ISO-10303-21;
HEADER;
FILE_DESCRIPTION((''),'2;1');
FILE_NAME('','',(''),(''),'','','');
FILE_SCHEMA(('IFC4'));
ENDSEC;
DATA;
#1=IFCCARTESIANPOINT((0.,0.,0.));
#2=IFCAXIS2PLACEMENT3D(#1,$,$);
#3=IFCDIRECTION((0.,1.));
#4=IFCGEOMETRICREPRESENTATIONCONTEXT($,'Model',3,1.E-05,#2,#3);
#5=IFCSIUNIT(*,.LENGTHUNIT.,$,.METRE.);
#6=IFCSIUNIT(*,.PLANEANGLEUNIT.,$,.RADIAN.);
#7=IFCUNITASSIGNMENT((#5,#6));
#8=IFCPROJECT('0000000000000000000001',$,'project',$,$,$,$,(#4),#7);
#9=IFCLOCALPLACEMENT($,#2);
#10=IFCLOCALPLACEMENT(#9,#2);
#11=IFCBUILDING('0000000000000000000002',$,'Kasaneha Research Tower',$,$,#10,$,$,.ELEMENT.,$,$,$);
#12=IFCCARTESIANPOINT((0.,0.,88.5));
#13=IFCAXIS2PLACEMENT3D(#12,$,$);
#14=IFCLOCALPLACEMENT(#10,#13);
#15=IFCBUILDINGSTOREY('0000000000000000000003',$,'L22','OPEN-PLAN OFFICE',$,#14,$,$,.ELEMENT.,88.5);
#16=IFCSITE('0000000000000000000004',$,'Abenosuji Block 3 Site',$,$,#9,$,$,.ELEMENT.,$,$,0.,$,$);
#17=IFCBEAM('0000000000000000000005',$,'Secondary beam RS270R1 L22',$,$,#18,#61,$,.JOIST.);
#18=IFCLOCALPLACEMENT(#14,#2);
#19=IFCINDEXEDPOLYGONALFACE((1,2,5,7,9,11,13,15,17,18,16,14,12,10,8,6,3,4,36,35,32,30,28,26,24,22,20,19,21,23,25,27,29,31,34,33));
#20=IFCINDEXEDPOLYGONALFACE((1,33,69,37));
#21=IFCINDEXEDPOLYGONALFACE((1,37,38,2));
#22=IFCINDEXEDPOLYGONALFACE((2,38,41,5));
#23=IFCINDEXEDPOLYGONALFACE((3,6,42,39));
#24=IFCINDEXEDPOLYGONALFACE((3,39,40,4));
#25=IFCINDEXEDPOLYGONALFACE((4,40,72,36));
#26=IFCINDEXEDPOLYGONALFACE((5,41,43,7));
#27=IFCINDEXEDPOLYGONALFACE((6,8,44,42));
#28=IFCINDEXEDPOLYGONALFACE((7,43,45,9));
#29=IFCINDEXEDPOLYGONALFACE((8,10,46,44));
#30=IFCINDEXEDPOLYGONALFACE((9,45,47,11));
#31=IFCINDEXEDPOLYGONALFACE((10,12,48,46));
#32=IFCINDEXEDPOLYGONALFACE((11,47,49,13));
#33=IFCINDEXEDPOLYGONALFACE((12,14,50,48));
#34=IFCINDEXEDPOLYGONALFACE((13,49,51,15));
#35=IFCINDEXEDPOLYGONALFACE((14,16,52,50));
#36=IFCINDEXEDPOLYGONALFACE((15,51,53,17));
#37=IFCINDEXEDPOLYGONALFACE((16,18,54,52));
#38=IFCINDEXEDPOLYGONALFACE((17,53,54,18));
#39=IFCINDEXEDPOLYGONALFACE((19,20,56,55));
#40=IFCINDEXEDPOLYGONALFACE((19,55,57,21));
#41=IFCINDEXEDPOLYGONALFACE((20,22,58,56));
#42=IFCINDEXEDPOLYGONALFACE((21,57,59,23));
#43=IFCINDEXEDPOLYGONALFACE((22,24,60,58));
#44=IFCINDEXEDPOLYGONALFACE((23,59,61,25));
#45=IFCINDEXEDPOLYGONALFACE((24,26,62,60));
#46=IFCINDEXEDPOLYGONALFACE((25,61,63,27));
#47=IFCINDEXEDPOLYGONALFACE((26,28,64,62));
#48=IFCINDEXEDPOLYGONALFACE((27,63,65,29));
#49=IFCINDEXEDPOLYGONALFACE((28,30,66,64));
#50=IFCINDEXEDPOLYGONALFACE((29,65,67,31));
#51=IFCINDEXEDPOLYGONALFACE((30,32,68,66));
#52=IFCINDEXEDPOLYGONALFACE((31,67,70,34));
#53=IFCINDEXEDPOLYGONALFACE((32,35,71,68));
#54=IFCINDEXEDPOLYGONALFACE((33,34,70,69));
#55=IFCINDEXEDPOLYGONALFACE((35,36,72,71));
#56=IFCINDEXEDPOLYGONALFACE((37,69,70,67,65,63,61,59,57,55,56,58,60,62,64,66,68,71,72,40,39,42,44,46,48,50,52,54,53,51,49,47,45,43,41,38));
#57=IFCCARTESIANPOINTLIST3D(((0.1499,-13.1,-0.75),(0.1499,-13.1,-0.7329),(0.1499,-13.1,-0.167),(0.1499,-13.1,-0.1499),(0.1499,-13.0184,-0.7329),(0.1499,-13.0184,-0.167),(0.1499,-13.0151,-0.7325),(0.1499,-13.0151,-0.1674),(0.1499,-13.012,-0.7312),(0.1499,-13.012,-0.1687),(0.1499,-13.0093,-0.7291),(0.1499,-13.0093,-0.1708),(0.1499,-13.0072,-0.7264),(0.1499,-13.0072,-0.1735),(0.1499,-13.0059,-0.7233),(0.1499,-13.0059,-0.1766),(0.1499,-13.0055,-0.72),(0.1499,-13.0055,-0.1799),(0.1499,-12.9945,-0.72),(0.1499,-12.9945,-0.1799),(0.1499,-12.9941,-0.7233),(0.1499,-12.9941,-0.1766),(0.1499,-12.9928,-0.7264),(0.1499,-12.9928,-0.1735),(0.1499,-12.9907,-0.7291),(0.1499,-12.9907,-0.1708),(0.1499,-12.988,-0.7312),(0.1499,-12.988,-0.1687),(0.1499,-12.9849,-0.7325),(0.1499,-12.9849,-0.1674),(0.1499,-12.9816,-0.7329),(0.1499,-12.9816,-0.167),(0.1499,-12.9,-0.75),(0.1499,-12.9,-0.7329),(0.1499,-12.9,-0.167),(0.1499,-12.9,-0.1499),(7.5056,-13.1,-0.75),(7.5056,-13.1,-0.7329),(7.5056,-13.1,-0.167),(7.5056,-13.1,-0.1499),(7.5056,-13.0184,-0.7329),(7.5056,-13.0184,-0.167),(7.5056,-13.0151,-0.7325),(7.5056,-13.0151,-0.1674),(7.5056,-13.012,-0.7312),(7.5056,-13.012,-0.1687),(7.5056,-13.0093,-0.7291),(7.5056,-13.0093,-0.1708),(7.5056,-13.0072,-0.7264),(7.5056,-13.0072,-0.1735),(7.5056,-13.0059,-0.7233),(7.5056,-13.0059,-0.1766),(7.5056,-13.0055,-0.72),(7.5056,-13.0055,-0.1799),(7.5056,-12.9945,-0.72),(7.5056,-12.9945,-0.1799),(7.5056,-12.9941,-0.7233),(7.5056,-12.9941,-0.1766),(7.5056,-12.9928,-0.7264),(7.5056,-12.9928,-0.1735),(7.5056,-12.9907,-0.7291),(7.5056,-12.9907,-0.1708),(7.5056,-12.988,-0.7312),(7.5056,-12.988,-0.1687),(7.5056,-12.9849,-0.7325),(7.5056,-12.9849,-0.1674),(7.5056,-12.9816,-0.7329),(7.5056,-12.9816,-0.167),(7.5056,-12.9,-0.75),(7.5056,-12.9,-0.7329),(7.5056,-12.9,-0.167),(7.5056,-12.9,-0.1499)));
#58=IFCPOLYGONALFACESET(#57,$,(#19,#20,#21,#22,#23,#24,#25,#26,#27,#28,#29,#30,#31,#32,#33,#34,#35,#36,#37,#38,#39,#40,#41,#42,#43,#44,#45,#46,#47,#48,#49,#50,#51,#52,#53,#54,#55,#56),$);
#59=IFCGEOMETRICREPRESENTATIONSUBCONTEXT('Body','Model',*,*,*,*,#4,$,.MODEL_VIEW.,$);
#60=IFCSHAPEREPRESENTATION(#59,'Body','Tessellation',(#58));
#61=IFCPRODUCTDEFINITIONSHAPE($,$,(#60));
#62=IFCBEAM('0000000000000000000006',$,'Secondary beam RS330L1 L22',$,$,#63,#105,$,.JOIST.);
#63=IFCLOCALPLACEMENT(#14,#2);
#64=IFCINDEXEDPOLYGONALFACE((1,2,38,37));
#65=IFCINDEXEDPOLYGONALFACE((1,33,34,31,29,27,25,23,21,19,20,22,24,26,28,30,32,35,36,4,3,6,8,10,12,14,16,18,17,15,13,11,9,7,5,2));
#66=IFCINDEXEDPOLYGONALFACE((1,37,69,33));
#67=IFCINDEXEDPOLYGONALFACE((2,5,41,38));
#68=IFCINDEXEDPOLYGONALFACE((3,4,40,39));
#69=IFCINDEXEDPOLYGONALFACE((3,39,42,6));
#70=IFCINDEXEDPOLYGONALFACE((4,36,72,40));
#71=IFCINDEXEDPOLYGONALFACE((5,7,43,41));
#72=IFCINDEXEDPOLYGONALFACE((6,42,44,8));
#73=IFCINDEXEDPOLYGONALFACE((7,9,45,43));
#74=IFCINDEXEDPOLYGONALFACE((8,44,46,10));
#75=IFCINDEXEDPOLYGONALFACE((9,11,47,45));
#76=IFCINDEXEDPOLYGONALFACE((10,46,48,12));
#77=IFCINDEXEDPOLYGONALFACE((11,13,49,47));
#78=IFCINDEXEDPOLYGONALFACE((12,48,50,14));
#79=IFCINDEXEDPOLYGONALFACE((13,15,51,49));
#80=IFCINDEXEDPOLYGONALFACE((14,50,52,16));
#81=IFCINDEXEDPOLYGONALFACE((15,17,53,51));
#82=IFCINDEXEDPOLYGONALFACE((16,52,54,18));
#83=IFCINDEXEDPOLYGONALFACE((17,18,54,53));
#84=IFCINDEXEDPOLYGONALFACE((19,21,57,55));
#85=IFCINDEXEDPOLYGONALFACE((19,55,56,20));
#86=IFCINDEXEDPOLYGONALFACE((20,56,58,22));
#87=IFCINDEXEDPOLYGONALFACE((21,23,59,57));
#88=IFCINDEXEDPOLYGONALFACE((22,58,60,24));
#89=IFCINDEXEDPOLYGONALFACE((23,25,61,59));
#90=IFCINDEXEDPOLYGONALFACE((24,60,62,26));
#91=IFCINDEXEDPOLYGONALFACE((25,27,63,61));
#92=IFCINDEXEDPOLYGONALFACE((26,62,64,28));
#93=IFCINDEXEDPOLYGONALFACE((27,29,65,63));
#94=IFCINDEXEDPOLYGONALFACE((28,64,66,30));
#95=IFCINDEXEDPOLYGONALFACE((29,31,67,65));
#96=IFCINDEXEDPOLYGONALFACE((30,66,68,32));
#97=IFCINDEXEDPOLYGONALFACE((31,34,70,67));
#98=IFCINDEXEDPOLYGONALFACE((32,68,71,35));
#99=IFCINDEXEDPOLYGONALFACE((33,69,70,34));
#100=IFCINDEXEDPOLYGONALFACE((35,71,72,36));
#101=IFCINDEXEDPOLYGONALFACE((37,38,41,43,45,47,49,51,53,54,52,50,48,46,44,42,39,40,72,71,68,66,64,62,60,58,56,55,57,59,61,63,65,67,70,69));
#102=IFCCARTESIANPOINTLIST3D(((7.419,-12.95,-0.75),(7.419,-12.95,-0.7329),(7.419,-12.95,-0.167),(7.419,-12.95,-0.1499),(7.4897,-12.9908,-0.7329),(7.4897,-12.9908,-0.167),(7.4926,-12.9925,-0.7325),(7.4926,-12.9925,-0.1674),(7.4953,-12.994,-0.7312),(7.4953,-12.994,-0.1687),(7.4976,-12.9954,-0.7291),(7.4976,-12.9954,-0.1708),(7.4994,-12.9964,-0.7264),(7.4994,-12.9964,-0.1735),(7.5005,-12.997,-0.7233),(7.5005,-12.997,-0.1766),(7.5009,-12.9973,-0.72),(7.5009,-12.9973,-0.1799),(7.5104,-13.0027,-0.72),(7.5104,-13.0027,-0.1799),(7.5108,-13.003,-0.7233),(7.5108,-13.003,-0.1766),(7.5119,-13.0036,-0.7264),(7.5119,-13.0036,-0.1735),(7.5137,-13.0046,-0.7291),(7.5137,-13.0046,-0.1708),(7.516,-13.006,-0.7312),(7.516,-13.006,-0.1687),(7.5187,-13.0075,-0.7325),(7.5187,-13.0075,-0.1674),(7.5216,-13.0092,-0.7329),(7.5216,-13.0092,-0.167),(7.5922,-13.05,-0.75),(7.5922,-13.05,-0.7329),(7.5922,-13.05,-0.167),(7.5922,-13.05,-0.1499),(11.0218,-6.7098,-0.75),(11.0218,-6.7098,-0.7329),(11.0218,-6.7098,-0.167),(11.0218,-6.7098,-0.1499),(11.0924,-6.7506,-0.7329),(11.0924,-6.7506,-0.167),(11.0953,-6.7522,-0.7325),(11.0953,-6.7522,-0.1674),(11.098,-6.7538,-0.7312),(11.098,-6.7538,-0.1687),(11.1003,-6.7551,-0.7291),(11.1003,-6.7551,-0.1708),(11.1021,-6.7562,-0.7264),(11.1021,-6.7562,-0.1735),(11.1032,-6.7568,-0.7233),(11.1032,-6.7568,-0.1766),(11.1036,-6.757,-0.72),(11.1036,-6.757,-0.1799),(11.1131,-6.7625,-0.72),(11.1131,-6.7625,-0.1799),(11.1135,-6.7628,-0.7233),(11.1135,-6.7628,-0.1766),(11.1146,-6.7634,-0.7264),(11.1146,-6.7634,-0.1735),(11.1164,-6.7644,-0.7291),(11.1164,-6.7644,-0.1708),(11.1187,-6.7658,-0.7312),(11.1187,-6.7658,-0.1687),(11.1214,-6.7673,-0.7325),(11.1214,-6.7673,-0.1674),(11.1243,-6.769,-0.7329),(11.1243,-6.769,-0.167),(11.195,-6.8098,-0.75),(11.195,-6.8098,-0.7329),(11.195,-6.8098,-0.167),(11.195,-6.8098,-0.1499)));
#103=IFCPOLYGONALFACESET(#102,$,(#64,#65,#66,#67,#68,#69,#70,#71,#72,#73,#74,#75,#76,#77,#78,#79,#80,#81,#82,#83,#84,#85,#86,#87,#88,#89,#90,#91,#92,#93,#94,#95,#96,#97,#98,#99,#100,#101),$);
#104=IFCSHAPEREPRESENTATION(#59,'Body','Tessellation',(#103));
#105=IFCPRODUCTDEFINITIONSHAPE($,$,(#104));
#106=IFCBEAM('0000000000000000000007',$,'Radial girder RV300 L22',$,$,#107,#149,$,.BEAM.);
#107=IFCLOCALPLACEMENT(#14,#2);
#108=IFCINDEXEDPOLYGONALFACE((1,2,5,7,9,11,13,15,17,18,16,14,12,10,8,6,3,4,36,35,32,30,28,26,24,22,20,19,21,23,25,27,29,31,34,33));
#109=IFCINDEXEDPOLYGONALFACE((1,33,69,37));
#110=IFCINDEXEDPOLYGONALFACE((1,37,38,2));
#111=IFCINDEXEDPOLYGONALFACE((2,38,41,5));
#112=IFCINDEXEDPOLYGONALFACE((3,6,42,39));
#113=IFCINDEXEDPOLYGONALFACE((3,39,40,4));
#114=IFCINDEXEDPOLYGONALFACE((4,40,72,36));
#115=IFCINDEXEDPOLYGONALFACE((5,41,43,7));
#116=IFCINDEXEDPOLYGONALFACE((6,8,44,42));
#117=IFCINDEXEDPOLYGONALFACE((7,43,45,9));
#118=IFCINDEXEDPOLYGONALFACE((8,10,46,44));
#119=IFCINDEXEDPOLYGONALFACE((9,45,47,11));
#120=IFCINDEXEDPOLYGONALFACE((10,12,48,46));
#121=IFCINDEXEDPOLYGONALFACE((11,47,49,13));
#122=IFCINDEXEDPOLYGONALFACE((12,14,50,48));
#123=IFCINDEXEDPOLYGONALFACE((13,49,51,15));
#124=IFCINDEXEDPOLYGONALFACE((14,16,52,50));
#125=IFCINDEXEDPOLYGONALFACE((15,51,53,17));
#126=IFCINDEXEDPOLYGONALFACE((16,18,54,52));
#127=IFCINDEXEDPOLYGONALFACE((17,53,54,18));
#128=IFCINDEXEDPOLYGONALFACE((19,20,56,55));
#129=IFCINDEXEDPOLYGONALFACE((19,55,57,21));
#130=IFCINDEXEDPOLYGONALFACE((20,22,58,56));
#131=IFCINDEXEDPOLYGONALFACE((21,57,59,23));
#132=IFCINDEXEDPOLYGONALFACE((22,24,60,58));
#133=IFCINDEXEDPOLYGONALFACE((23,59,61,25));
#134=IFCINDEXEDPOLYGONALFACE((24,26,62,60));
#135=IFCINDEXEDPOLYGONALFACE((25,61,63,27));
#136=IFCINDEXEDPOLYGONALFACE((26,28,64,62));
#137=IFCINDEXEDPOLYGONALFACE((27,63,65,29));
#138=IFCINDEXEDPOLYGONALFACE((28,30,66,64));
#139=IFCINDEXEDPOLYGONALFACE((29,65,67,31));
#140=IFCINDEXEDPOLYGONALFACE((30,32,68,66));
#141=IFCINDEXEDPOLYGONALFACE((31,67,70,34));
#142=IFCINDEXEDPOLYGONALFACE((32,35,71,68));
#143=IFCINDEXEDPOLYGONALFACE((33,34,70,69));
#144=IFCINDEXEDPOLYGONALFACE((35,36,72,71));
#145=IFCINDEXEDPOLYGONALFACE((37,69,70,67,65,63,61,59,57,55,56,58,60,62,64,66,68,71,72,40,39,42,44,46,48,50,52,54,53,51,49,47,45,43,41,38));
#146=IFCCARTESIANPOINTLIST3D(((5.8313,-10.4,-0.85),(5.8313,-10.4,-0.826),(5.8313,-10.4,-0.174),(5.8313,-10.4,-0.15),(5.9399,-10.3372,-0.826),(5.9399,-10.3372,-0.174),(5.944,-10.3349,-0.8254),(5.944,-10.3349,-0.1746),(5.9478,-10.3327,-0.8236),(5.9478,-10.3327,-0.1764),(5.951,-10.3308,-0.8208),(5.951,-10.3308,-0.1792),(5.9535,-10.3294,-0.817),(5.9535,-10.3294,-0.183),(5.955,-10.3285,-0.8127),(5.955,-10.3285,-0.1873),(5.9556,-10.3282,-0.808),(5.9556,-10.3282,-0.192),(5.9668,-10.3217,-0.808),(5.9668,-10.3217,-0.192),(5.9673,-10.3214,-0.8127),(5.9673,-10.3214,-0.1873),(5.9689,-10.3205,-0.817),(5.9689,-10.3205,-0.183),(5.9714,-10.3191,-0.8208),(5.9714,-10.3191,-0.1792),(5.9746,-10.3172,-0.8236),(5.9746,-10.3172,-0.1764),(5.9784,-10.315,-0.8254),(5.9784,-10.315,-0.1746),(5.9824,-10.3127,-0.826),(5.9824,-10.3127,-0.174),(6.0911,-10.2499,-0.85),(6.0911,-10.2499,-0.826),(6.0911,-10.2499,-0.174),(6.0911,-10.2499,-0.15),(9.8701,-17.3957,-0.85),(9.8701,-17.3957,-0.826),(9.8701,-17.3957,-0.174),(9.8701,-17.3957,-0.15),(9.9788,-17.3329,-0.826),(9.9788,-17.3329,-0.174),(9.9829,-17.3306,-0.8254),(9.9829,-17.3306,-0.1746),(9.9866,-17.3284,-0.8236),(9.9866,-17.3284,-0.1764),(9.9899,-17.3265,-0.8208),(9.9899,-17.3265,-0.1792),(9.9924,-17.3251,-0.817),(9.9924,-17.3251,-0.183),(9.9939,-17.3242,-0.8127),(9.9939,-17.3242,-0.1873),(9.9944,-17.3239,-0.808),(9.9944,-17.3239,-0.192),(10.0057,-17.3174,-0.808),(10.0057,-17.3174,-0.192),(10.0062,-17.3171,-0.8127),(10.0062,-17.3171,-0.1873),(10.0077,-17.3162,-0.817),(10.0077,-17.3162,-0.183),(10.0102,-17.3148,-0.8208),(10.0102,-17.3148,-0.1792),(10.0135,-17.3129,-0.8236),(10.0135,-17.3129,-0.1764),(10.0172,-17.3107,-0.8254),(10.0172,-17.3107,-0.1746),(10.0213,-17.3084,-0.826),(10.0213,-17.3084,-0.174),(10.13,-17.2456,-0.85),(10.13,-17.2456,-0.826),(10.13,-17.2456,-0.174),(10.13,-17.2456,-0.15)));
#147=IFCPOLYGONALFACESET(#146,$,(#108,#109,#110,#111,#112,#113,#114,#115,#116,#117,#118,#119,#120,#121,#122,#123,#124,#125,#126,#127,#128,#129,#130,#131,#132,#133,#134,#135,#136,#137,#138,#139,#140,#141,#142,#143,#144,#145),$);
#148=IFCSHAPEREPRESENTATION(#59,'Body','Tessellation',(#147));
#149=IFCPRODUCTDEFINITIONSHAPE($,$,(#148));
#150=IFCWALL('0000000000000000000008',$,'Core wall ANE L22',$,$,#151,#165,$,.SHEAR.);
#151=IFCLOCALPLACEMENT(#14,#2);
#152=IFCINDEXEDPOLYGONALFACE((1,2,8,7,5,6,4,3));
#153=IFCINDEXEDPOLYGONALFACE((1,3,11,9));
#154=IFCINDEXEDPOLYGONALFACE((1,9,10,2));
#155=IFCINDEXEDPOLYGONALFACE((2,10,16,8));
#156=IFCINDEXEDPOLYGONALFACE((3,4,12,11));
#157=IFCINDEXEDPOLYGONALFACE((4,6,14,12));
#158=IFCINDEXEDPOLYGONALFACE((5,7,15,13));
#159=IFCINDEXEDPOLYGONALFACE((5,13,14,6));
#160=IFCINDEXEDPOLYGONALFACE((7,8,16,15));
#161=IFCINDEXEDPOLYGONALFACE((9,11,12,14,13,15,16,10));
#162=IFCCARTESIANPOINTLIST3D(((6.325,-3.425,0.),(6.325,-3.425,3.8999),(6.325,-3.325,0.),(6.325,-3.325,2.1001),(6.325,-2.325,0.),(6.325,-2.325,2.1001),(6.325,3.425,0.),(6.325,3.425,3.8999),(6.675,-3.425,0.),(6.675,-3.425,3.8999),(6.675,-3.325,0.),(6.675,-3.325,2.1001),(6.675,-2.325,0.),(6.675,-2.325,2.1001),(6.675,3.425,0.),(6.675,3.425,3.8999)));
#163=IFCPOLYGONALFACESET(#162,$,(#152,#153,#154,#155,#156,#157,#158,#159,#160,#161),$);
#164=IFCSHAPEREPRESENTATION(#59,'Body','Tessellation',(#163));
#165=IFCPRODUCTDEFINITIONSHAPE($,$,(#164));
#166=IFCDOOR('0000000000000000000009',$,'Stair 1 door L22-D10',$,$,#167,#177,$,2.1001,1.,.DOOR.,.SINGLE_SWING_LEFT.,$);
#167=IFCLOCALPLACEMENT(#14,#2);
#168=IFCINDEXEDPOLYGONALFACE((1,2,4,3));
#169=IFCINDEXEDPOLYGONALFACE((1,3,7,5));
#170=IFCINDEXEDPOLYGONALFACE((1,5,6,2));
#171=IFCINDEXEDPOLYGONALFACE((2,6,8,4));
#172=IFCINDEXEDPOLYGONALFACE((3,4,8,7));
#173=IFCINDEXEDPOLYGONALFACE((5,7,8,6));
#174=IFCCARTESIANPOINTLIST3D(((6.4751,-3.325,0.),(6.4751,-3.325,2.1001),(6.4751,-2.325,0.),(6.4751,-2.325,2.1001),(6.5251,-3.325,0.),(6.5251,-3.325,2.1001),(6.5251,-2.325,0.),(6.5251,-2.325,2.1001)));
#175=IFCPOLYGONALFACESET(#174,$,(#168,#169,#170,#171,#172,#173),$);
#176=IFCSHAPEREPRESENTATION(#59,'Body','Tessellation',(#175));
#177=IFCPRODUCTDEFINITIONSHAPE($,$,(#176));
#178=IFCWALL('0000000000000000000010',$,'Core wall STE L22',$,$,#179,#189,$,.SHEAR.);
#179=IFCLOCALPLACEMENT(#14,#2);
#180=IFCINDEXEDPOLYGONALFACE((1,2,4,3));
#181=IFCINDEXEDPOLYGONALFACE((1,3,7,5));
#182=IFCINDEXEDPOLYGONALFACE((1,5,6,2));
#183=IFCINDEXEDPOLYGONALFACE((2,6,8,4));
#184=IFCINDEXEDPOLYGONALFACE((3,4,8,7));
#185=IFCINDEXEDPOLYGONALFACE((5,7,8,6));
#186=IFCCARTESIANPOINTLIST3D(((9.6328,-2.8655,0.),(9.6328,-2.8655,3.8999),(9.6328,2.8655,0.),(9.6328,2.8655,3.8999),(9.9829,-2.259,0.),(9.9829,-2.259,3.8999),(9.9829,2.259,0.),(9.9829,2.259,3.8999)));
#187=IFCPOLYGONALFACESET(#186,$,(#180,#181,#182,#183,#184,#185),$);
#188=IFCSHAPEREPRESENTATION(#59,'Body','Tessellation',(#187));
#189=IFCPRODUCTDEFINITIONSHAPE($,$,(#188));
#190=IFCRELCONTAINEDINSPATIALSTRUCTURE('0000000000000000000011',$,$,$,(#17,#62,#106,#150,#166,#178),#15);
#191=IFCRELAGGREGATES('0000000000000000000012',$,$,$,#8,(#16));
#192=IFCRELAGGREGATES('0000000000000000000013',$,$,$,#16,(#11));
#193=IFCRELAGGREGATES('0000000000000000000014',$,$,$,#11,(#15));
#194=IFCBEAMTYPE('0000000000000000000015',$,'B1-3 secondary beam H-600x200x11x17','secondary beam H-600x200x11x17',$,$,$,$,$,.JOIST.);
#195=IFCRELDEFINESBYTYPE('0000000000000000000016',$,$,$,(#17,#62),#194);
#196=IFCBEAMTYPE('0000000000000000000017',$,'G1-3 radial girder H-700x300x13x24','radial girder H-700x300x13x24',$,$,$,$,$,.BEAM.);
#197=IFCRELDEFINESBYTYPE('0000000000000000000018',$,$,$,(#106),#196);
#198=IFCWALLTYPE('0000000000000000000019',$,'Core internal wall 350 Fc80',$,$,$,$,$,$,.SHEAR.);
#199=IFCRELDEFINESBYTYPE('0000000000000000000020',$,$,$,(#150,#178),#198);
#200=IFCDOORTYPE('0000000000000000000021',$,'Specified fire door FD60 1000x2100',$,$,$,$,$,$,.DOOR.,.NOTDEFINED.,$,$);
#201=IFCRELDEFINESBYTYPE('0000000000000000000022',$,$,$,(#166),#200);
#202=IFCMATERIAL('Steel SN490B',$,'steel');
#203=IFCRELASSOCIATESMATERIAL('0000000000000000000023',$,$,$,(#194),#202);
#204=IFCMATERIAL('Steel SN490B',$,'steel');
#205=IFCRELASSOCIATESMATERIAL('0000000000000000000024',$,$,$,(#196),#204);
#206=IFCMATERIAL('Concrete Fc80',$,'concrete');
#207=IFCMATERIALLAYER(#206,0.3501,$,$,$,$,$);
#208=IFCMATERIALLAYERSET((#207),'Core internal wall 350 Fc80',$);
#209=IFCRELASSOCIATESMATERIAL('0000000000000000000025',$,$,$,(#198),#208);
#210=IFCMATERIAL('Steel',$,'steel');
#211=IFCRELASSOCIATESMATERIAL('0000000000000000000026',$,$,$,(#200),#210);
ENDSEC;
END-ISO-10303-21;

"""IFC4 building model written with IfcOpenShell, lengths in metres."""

from ifc_helpers import new_model, si_unit, direction, frame, frame_2d, origin, origin_2d, place, context, subcontext, project, spatial, polyline, rectangle, i_section, outline, extrude, material, layer, layer_set, material_profile, profile_set, type_object, element, fill, save


model = new_model("IFC4")

# Units and contexts
model_context = context("Model", 3, precision=1e-05, world=origin(), true_north=direction((0.0, 1.0)))
body_context = subcontext(model_context, "Body", "Model", "MODEL_VIEW")
ifc_project = project(units=[si_unit("LENGTHUNIT", "METRE"), si_unit("PLANEANGLEUNIT", "RADIAN")], contexts=[model_context])

# Site, building, storey
site_placement = place(None, origin())
site = spatial("IfcSite", under=ifc_project, at=site_placement, Name="Abenosuji Block 3 Site", CompositionType="ELEMENT", RefElevation=0.0)
building_placement = place(site_placement, origin())
building = spatial("IfcBuilding", under=site, at=building_placement, Name="Kasaneha Research Tower", CompositionType="ELEMENT")
storey_placement = place(building_placement, frame((0.0, 0.0, 88.5)))
storey = spatial("IfcBuildingStorey", under=building, at=storey_placement, Name="L22", Description="OPEN-PLAN OFFICE", CompositionType="ELEMENT", Elevation=88.5)

# Beams
ifc_material_1 = material(Name="Steel SN490B", Category="steel")
ifc_material_profile_1 = material_profile(ifc_material_1, i_section(OverallWidth=0.2, OverallDepth=0.6001, WebThickness=0.011, FlangeThickness=0.0171, FilletRadius=0.0129, at=origin_2d()), Name="H-600x200x11x17")
ifc_profile_set_1 = profile_set([ifc_material_profile_1], Name="Steel SN490B")
beam_type_1 = type_object("IfcBeamType", Name="B1-3 secondary beam H-600x200x11x17", Description="secondary beam H-600x200x11x17", PredefinedType="JOIST", material=ifc_profile_set_1)
beam_1_placement = place(storey_placement, frame((7.5056, -13.0, -0.45), z_axis=(-1.0, 0.0, 0.0), x_axis=(0.0, -1.0, 0.0)))
element("IfcBeam", 1, at=beam_1_placement, inside=storey, type_object=beam_type_1, Name="Secondary beam RS270R1 L22", PredefinedType="JOIST", context=body_context, shape_type="SweptSolid", body=[
    extrude(i_section(OverallWidth=0.2, OverallDepth=0.6001, WebThickness=0.011, FlangeThickness=0.0171, FilletRadius=0.0129, at=origin_2d()), origin(), (0.0, 0.0, 1.0), 7.3557),
])
beam_2_placement = place(storey_placement, frame((7.5056, -13.0, -0.45), z_axis=(0.499998, 0.866026, 0.0), x_axis=(-0.866026, 0.499998, 0.0)))
element("IfcBeam", 2, at=beam_2_placement, inside=storey, type_object=beam_type_1, Name="Secondary beam RS330L1 L22", PredefinedType="JOIST", context=body_context, shape_type="SweptSolid", body=[
    extrude(i_section(OverallWidth=0.2, OverallDepth=0.6001, WebThickness=0.011, FlangeThickness=0.0171, FilletRadius=0.0129, at=origin_2d()), origin(), (0.0, 0.0, 1.0), 7.2056),
])
ifc_material_2 = material(Name="Steel SN490B", Category="steel")
ifc_material_profile_2 = material_profile(ifc_material_2, i_section(OverallWidth=0.3, OverallDepth=0.7, WebThickness=0.0129, FlangeThickness=0.0239, FilletRadius=0.0181, at=origin_2d()), Name="H-700x300x13x24")
ifc_profile_set_2 = profile_set([ifc_material_profile_2], Name="Steel SN490B")
beam_type_2 = type_object("IfcBeamType", Name="G1-3 radial girder H-700x300x13x24", Description="radial girder H-700x300x13x24", PredefinedType="BEAM", material=ifc_profile_set_2)
beam_3_placement = place(storey_placement, frame((5.9612, -10.325, -0.5), z_axis=(0.499991, -0.866031, 0.0), x_axis=(0.866031, 0.499991, 0.0)))
element("IfcBeam", 3, at=beam_3_placement, inside=storey, type_object=beam_type_2, Name="Radial girder RV300 L22", PredefinedType="BEAM", context=body_context, shape_type="SweptSolid", body=[
    extrude(i_section(OverallWidth=0.3, OverallDepth=0.7, WebThickness=0.0129, FlangeThickness=0.0239, FilletRadius=0.0181, at=origin_2d()), origin(), (0.0, 0.0, 1.0), 8.0779),
])

# Wall, opening, door
ifc_material_3 = material(Name="Concrete Fc80", Category="concrete")
ifc_layer_1 = layer(ifc_material_3, 0.3501)
ifc_layer_set_1 = layer_set([ifc_layer_1], Name="Core internal wall 350 Fc80")
wall_type_1 = type_object("IfcWallType", Name="Core internal wall 350 Fc80", PredefinedType="SHEAR", material=ifc_layer_set_1)
wall_1_placement = place(storey_placement, frame((6.5, -3.425, 0.0), z_axis=(0.0, 0.0, 1.0), x_axis=(0.0, 1.0, 0.0)))
wall_1 = element("IfcWall", 4, at=wall_1_placement, inside=storey, type_object=wall_type_1, Name="Core wall ANE L22", PredefinedType="SHEAR", context=body_context, shape_type="SweptSolid", body=[
    extrude(rectangle(XDim=6.8501, YDim=0.3501, at=frame_2d((3.425, 0.0))), origin(), (0.0, 0.0, 1.0), 3.8999),
])
opening_1_placement = place(wall_1_placement, frame((0.1001, 0.0, 0.0)))
opening_1 = element("IfcOpeningElement", 5, at=opening_1_placement, cuts=wall_1, PredefinedType="OPENING", context=body_context, shape_type="SweptSolid", body=[
    extrude(rectangle(XDim=1.0, YDim=2.1001, at=frame_2d((0.5, 1.05))), frame((0.0, 0.1851, 0.0), z_axis=(0.0, -1.0, 0.0), x_axis=(1.0, 0.0, 0.0)), (0.0, 0.0, 1.0), 0.3701),
])
ifc_material_4 = material(Name="Steel", Category="steel")
door_type_1 = type_object("IfcDoorType", Name="Specified fire door FD60 1000x2100", OperationType="NOTDEFINED", PredefinedType="DOOR", material=ifc_material_4)
door_1_placement = place(opening_1_placement, origin())
door_1 = element("IfcDoor", 6, at=door_1_placement, inside=storey, type_object=door_type_1, Name="Stair 1 door L22-D10", OperationType="SINGLE_SWING_LEFT", OverallHeight=2.1001, OverallWidth=1.0, PredefinedType="DOOR", context=body_context, shape_type="SweptSolid", body=[
    extrude(rectangle(XDim=1.0, YDim=2.1001, at=frame_2d((0.5, 1.05))), frame((0.0, 0.0249, 0.0), z_axis=(0.0, -1.0, 0.0), x_axis=(1.0, 0.0, 0.0)), (0.0, 0.0, 1.0), 0.05),
])
fill(opening_1, door_1)

# Wall
wall_2_placement = place(storey_placement, frame((9.8079, -2.5623, 0.0), z_axis=(0.0, 0.0, 1.0), x_axis=(0.0, 1.0, 0.0)))
element("IfcWall", 7, at=wall_2_placement, inside=storey, type_object=wall_type_1, Name="Core wall STE L22", PredefinedType="SHEAR", context=body_context, shape_type="SweptSolid", body=[
    extrude(outline(polyline([(0.3032, -0.175), (4.8213, -0.175), (5.4277, 0.175), (-0.3032, 0.175), (0.3032, -0.175)])), origin(), (0.0, 0.0, 1.0), 3.8999),
])

save(model, "model.ifc")
